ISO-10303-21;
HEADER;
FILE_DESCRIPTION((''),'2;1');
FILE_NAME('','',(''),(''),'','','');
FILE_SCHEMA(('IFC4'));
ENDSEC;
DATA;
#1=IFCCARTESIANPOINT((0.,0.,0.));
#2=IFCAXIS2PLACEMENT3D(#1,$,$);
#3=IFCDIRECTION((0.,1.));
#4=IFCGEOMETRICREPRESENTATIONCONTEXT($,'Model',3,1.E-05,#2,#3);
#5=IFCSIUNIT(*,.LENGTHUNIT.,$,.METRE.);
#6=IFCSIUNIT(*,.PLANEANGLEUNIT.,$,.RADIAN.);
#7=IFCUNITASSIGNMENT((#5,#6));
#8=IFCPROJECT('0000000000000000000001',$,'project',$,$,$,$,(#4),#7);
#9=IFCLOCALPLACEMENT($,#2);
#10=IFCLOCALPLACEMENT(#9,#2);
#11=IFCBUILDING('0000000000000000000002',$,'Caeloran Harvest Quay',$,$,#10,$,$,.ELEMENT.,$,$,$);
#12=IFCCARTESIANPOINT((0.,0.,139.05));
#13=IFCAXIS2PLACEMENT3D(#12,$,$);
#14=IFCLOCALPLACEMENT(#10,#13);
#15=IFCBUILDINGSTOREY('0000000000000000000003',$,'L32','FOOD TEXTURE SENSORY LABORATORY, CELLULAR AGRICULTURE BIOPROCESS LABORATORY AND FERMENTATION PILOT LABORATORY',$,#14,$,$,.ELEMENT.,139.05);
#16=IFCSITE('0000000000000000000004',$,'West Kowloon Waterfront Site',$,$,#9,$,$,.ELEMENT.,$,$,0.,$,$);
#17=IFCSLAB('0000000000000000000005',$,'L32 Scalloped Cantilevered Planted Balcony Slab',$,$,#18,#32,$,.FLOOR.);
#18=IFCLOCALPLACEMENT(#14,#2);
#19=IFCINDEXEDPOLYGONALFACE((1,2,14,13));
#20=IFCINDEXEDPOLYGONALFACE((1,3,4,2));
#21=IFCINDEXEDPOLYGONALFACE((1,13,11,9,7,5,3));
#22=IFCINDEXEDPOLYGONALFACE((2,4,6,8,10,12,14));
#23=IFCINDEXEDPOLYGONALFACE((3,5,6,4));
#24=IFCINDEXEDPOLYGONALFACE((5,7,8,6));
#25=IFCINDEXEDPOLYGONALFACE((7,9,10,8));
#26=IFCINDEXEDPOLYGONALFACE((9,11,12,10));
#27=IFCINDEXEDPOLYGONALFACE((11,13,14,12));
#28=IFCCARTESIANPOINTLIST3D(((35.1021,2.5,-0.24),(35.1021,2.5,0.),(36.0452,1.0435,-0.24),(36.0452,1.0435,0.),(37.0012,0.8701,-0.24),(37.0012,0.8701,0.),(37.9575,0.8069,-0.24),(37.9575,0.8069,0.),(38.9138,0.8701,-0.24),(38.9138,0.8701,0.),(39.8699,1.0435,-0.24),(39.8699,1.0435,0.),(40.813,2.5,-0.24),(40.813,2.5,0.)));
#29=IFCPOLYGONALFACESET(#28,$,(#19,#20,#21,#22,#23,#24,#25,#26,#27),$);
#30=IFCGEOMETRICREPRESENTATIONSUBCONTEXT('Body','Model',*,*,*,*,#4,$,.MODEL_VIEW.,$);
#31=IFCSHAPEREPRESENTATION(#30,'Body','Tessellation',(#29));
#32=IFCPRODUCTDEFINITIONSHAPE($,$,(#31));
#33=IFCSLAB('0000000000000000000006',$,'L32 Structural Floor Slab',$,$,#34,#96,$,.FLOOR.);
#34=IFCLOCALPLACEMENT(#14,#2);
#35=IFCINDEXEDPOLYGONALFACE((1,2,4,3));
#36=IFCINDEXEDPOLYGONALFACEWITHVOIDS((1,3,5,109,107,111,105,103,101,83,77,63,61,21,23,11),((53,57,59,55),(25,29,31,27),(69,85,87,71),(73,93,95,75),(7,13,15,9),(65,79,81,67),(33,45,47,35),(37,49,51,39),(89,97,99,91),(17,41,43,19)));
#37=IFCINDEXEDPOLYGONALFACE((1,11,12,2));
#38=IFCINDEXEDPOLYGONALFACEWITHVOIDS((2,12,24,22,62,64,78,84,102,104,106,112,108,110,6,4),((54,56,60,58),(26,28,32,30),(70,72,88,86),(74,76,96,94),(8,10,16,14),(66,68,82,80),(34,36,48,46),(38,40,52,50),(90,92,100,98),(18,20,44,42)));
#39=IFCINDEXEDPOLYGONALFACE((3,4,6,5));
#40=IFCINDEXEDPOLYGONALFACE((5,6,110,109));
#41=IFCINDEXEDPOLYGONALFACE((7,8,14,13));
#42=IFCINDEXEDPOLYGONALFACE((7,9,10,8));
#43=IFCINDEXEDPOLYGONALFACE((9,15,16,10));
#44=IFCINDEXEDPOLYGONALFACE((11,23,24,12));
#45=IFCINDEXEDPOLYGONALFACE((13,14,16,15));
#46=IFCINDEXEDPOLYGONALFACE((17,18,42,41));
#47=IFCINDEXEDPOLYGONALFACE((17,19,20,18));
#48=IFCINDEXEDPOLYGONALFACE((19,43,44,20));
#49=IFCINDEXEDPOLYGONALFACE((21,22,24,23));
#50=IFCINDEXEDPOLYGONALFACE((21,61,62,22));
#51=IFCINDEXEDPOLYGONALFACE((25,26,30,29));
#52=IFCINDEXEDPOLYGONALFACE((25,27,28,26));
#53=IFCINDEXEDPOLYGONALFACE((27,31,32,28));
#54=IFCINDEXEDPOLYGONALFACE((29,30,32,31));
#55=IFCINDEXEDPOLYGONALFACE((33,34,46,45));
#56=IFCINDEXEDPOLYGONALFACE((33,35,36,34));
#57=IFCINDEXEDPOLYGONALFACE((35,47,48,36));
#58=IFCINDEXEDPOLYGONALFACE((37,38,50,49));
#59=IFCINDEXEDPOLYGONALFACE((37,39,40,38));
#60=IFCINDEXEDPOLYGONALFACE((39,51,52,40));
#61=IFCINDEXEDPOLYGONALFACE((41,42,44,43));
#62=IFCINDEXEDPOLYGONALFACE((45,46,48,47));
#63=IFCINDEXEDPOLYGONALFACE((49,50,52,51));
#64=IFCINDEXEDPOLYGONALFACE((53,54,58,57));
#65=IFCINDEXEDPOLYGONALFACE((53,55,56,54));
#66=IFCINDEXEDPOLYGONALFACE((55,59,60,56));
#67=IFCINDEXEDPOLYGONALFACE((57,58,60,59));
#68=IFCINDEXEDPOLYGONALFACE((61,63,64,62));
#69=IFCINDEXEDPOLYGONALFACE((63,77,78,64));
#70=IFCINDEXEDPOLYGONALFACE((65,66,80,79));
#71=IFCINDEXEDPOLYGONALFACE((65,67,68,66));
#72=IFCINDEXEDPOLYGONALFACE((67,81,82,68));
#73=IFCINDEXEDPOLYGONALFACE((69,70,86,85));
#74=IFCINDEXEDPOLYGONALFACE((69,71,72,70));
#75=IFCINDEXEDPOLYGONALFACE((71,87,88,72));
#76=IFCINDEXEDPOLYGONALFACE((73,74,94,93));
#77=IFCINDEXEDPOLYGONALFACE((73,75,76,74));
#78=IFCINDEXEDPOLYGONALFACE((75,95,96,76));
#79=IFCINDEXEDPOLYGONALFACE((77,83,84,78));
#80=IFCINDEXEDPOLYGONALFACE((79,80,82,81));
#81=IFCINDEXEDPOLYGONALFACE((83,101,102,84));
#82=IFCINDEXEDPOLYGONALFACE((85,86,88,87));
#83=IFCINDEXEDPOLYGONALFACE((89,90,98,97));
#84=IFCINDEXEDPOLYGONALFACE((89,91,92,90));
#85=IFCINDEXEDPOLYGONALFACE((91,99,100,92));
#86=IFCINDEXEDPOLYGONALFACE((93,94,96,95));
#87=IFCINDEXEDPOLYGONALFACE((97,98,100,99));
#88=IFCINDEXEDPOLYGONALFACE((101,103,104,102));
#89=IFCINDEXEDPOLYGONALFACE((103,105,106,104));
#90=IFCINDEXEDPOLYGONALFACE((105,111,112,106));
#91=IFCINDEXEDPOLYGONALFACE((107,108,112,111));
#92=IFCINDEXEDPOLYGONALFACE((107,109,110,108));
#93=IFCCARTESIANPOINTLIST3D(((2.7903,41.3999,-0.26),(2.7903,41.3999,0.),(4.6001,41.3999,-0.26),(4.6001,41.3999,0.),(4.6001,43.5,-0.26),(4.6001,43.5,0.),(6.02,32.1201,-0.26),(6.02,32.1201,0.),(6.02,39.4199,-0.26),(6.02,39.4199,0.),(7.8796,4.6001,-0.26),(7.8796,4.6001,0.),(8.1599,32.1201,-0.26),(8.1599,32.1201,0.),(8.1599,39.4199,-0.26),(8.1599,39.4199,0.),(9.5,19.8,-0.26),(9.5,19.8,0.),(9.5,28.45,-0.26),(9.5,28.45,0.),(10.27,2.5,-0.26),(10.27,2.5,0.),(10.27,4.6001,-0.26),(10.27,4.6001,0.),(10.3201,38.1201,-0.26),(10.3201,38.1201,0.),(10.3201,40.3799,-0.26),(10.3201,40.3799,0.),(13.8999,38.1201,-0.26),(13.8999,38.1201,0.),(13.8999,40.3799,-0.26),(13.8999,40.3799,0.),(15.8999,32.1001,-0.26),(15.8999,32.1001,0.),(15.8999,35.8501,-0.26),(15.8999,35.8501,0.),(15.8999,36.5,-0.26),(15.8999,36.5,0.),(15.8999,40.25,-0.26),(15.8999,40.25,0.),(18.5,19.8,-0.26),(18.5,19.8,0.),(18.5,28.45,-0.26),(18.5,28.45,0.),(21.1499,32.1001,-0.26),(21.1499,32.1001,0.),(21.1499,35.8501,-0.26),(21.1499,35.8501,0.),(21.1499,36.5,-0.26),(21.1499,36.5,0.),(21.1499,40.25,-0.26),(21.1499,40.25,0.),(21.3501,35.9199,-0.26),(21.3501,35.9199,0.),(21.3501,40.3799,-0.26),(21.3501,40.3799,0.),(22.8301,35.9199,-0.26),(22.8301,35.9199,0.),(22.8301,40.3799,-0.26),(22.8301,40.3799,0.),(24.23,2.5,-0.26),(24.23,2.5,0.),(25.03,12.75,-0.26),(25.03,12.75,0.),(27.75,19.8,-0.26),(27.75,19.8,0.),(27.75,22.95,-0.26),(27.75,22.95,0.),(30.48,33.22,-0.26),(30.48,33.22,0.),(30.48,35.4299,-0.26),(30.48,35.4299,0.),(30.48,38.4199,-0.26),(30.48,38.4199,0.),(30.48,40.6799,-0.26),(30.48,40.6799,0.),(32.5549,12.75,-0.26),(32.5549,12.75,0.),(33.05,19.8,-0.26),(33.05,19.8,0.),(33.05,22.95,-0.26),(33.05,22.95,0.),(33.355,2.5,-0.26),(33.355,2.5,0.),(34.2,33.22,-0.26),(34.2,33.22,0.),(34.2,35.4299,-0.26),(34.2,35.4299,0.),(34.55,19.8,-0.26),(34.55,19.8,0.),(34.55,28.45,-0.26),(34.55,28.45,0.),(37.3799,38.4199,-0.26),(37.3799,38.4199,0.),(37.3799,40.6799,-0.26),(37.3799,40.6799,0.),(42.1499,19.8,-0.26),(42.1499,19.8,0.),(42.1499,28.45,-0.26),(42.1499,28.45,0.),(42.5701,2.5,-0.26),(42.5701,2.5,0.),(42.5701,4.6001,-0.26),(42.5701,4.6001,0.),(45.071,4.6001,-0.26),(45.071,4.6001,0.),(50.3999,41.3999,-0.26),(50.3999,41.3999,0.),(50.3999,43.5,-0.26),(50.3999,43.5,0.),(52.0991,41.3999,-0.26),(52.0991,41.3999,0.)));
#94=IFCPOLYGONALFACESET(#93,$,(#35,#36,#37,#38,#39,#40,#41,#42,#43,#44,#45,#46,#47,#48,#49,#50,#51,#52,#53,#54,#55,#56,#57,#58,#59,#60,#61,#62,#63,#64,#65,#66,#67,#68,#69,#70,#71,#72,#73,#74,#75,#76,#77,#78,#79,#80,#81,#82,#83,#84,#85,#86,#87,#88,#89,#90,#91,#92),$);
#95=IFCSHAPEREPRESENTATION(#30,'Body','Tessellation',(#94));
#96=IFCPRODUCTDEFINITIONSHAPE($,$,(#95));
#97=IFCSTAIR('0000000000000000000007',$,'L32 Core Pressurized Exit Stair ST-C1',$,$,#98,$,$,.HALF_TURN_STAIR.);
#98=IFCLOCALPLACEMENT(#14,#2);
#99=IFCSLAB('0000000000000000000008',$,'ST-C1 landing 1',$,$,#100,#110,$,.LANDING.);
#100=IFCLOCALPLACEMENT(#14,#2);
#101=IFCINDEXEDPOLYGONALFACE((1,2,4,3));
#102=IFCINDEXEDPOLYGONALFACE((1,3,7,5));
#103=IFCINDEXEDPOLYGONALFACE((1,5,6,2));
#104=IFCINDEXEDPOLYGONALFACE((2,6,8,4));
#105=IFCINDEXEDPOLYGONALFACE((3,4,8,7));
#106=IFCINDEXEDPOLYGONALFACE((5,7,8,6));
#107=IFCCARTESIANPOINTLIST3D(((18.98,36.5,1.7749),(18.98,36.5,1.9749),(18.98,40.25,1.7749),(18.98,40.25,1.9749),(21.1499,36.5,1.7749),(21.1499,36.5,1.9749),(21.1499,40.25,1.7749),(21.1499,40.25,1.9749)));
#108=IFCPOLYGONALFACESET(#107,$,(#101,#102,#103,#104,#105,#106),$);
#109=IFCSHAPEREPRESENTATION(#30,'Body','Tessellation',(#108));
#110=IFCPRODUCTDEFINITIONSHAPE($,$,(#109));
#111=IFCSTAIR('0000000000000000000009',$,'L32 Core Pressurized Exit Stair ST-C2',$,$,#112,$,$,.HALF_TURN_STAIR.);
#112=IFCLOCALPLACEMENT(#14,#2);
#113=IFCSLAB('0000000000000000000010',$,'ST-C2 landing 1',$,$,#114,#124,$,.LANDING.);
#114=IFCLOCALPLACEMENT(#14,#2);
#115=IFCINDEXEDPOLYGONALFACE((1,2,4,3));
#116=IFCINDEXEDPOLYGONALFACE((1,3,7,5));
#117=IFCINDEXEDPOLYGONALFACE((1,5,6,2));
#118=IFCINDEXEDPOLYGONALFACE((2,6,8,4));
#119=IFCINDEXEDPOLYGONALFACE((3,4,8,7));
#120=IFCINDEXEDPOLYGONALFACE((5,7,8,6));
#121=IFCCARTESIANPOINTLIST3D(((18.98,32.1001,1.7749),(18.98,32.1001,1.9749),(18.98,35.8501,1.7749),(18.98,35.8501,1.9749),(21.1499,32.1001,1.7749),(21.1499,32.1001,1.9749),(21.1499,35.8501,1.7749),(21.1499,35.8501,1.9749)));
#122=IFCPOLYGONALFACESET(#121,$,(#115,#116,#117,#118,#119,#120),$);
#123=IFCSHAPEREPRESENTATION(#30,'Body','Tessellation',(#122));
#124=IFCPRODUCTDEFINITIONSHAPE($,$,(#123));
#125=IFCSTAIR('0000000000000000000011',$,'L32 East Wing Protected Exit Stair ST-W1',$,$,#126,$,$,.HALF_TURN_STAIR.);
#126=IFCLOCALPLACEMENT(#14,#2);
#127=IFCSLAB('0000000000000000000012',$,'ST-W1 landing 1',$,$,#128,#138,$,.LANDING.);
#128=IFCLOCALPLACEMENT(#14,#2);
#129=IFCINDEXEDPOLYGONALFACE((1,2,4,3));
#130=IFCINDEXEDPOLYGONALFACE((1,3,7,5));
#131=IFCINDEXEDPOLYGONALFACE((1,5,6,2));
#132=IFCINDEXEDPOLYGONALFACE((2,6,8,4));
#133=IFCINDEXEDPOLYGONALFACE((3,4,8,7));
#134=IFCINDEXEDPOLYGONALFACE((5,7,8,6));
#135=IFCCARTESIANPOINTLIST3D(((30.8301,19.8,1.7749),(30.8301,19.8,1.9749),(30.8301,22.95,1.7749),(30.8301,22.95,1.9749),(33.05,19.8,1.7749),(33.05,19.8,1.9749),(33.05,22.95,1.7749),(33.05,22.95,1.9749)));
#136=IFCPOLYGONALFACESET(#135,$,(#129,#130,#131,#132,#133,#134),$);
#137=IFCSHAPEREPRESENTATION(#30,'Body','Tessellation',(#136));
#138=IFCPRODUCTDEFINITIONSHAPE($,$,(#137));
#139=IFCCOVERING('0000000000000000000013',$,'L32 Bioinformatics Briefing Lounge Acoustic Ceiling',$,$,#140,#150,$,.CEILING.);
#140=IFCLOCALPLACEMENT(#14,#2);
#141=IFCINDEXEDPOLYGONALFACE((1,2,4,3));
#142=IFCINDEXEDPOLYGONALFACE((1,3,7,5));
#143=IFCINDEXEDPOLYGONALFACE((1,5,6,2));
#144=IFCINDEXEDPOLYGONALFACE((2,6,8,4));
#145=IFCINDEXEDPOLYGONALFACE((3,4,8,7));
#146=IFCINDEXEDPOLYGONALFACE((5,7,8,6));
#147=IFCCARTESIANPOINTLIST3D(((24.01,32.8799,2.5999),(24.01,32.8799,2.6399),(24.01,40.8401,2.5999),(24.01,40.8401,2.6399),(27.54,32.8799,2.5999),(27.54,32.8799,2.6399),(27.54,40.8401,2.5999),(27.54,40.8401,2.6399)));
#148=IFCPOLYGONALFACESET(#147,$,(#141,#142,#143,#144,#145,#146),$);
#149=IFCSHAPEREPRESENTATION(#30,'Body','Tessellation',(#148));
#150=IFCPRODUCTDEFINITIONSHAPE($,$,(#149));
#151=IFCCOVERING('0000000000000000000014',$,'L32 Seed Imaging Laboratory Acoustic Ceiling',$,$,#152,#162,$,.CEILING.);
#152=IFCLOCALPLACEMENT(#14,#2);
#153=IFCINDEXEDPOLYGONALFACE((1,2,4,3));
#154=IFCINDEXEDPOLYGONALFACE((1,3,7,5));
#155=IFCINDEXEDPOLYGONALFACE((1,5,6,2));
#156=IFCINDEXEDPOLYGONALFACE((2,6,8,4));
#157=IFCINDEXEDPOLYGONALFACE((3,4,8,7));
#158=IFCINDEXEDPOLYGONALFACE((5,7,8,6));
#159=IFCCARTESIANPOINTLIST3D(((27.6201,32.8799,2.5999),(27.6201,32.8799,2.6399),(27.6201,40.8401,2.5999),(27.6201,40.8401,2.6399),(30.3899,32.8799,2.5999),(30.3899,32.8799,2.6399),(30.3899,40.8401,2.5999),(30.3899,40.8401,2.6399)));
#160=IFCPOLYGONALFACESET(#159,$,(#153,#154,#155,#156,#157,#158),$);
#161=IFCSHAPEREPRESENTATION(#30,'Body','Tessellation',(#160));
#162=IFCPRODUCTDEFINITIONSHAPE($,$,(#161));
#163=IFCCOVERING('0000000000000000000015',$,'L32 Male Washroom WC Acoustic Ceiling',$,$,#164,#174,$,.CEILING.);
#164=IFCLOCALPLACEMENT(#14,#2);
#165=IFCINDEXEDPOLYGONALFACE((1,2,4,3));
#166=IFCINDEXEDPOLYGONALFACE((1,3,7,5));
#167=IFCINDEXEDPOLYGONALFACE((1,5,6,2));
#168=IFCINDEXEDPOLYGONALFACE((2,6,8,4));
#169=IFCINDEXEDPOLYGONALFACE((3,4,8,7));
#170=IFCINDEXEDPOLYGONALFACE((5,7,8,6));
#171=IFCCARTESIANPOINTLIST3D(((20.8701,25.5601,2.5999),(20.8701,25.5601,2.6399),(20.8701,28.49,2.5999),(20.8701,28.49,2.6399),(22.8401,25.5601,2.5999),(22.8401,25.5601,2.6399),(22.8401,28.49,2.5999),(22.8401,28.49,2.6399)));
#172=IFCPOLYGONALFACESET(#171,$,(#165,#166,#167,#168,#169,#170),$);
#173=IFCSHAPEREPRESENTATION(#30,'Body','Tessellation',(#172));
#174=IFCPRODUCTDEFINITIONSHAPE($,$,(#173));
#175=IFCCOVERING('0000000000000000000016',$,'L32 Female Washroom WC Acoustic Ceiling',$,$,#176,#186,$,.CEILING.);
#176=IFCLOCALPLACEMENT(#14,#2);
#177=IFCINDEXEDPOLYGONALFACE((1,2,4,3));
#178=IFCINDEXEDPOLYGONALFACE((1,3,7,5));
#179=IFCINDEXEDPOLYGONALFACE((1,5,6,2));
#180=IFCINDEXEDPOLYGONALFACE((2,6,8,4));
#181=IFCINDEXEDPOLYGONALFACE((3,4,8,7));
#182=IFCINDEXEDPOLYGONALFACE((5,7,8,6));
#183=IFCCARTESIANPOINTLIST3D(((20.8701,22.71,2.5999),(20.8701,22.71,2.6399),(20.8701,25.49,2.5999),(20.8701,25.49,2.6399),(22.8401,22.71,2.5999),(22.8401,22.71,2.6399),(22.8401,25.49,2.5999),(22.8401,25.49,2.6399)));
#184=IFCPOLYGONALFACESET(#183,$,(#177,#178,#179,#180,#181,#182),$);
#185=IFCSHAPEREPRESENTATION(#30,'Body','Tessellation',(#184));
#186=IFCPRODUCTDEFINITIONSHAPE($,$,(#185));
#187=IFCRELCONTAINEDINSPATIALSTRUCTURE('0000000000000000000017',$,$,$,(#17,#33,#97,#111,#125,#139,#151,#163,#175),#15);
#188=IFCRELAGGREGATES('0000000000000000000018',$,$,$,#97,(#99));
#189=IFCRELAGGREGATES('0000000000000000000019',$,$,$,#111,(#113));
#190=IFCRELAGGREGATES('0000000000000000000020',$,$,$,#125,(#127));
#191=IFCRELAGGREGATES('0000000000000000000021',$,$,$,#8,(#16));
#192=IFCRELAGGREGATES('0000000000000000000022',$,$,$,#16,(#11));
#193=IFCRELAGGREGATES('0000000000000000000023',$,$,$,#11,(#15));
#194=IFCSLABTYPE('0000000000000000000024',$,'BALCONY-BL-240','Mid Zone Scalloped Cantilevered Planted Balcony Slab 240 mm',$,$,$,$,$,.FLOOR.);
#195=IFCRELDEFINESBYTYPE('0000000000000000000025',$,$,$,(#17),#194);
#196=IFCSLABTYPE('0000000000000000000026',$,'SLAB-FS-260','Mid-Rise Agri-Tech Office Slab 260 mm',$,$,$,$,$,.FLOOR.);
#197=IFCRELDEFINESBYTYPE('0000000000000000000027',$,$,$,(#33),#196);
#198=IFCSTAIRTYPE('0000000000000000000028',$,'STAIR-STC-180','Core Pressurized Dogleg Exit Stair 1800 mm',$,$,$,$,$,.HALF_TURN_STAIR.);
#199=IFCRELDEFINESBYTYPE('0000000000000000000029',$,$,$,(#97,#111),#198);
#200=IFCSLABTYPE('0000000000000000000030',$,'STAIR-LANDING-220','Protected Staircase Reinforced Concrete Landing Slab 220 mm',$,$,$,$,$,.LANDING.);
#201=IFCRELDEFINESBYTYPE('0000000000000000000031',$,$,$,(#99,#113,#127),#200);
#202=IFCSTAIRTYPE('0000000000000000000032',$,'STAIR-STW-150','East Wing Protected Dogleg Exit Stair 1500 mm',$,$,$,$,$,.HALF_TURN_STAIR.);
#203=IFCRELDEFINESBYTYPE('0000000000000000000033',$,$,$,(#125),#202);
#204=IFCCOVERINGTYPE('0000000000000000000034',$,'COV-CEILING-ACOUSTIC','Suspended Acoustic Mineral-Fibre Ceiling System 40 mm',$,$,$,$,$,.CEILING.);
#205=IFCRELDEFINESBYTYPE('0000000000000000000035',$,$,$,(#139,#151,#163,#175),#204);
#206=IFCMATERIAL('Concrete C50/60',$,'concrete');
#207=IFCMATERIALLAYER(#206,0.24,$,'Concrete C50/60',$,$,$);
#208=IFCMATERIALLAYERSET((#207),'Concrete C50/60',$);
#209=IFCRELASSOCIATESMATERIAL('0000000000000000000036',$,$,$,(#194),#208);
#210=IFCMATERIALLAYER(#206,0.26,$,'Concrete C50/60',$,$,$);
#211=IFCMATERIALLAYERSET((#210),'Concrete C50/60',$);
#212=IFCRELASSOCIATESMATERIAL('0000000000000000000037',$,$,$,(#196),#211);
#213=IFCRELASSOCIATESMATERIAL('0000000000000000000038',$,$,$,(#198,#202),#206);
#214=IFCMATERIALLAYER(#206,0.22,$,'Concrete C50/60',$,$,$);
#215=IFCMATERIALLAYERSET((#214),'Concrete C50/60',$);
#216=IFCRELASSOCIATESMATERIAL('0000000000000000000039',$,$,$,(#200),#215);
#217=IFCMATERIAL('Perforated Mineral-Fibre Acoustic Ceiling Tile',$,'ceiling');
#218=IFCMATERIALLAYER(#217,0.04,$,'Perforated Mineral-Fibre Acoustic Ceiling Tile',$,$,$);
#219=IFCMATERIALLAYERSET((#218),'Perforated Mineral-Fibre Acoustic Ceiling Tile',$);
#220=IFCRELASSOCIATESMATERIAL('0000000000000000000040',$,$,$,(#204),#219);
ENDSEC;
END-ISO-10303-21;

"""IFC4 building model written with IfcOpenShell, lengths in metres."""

from ifc_helpers import new_model, si_unit, direction, frame, origin, place, context, subcontext, project, spatial, polyline, outline, extrude, material, layer, layer_set, type_object, element, aggregate, save


model = new_model("IFC4")

# Units and contexts
model_context = context("Model", 3, precision=1e-05, world=origin(), true_north=direction((0.0, 1.0)))
body_context = subcontext(model_context, "Body", "Model", "MODEL_VIEW")
ifc_project = project(units=[si_unit("LENGTHUNIT", "METRE"), si_unit("PLANEANGLEUNIT", "RADIAN")], contexts=[model_context])

# Site, building, storey
site_placement = place(None, origin())
site = spatial("IfcSite", under=ifc_project, at=site_placement, Name="West Kowloon Waterfront Site", CompositionType="ELEMENT", RefElevation=0.0)
building_placement = place(site_placement, origin())
building = spatial("IfcBuilding", under=site, at=building_placement, Name="Caeloran Harvest Quay", CompositionType="ELEMENT")
storey_placement = place(building_placement, frame((0.0, 0.0, 139.05)))
storey = spatial("IfcBuildingStorey", under=building, at=storey_placement, Name="L32", Description="FOOD TEXTURE SENSORY LABORATORY, CELLULAR AGRICULTURE BIOPROCESS LABORATORY AND FERMENTATION PILOT LABORATORY", CompositionType="ELEMENT", Elevation=139.05)

# Slabs
ifc_material_1 = material(Name="Concrete C50/60", Category="concrete")
ifc_layer_1 = layer(ifc_material_1, 0.24, Name="Concrete C50/60")
ifc_layer_set_1 = layer_set([ifc_layer_1], Name="Concrete C50/60")
slab_type_1 = type_object("IfcSlabType", Name="BALCONY-BL-240", Description="Mid Zone Scalloped Cantilevered Planted Balcony Slab 240 mm", PredefinedType="FLOOR", material=ifc_layer_set_1)
slab_1_placement = place(storey_placement, frame((0.0, 0.0, -0.24)))
element("IfcSlab", 1, at=slab_1_placement, inside=storey, type_object=slab_type_1, Name="L32 Scalloped Cantilevered Planted Balcony Slab", PredefinedType="FLOOR", context=body_context, shape_type="SweptSolid", body=[
    extrude(outline(polyline([(39.8699, 1.0435), (38.9138, 0.8701), (37.9575, 0.8069), (37.0012, 0.8701), (36.0452, 1.0435), (35.1021, 2.5), (40.813, 2.5), (39.8699, 1.0435)])), origin(), (0.0, 0.0, 1.0), 0.24),
])
ifc_layer_2 = layer(ifc_material_1, 0.26, Name="Concrete C50/60")
ifc_layer_set_2 = layer_set([ifc_layer_2], Name="Concrete C50/60")
slab_type_2 = type_object("IfcSlabType", Name="SLAB-FS-260", Description="Mid-Rise Agri-Tech Office Slab 260 mm", PredefinedType="FLOOR", material=ifc_layer_set_2)
slab_2_placement = place(storey_placement, frame((0.0, 0.0, -0.26)))
element("IfcSlab", 2, at=slab_2_placement, inside=storey, type_object=slab_type_2, Name="L32 Structural Floor Slab", PredefinedType="FLOOR", context=body_context, shape_type="SweptSolid", body=[
    extrude(outline(polyline([(10.27, 2.5), (24.23, 2.5), (25.03, 12.75), (32.5549, 12.75), (33.355, 2.5), (42.5701, 2.5), (42.5701, 4.6001), (45.071, 4.6001), (52.0991, 41.3999), (50.3999, 41.3999), (50.3999, 43.5), (4.6001, 43.5), (4.6001, 41.3999), (2.7903, 41.3999), (7.8796, 4.6001), (10.27, 4.6001), (10.27, 2.5)]), holes=[polyline([(27.75, 19.8), (27.75, 22.95), (33.05, 22.95), (33.05, 19.8), (27.75, 19.8)]), polyline([(18.5, 19.8), (9.5, 19.8), (9.5, 28.45), (18.5, 28.45), (18.5, 19.8)]), polyline([(42.1499, 19.8), (34.55, 19.8), (34.55, 28.45), (42.1499, 28.45), (42.1499, 19.8)]), polyline([(15.8999, 35.8501), (21.1499, 35.8501), (21.1499, 32.1001), (15.8999, 32.1001), (15.8999, 35.8501)]), polyline([(30.48, 33.22), (30.48, 35.4299), (34.2, 35.4299), (34.2, 33.22), (30.48, 33.22)]), polyline([(8.1599, 32.1201), (6.02, 32.1201), (6.02, 39.4199), (8.1599, 39.4199), (8.1599, 32.1201)]), polyline([(22.8301, 35.9199), (21.3501, 35.9199), (21.3501, 40.3799), (22.8301, 40.3799), (22.8301, 35.9199)]), polyline([(15.8999, 36.5), (15.8999, 40.25), (21.1499, 40.25), (21.1499, 36.5), (15.8999, 36.5)]), polyline([(10.3201, 38.1201), (10.3201, 40.3799), (13.8999, 40.3799), (13.8999, 38.1201), (10.3201, 38.1201)]), polyline([(30.48, 38.4199), (30.48, 40.6799), (37.3799, 40.6799), (37.3799, 38.4199), (30.48, 38.4199)])]), origin(), (0.0, 0.0, 1.0), 0.26),
])

# Stairs, slabs
stair_type_1 = type_object("IfcStairType", Name="STAIR-STC-180", Description="Core Pressurized Dogleg Exit Stair 1800 mm", PredefinedType="HALF_TURN_STAIR", material=ifc_material_1)
stair_1_placement = place(storey_placement, origin())
stair_1 = element("IfcStair", 3, at=stair_1_placement, inside=storey, type_object=stair_type_1, Name="L32 Core Pressurized Exit Stair ST-C1", PredefinedType="HALF_TURN_STAIR")
ifc_layer_3 = layer(ifc_material_1, 0.22, Name="Concrete C50/60")
ifc_layer_set_3 = layer_set([ifc_layer_3], Name="Concrete C50/60")
slab_type_3 = type_object("IfcSlabType", Name="STAIR-LANDING-220", Description="Protected Staircase Reinforced Concrete Landing Slab 220 mm", PredefinedType="LANDING", material=ifc_layer_set_3)
slab_3_placement = place(storey_placement, frame((0.0, 0.0, 1.7749)))
slab_3 = element("IfcSlab", 4, at=slab_3_placement, type_object=slab_type_3, Name="ST-C1 landing 1", PredefinedType="LANDING", context=body_context, shape_type="SweptSolid", body=[
    extrude(outline(polyline([(18.98, 36.5), (21.1499, 36.5), (21.1499, 40.25), (18.98, 40.25), (18.98, 36.5)])), origin(), (0.0, 0.0, 1.0), 0.2),
])
aggregate(stair_1, [slab_3])
stair_2_placement = place(storey_placement, origin())
stair_2 = element("IfcStair", 5, at=stair_2_placement, inside=storey, type_object=stair_type_1, Name="L32 Core Pressurized Exit Stair ST-C2", PredefinedType="HALF_TURN_STAIR")
slab_4_placement = place(storey_placement, frame((0.0, 0.0, 1.7749)))
slab_4 = element("IfcSlab", 6, at=slab_4_placement, type_object=slab_type_3, Name="ST-C2 landing 1", PredefinedType="LANDING", context=body_context, shape_type="SweptSolid", body=[
    extrude(outline(polyline([(18.98, 32.1001), (21.1499, 32.1001), (21.1499, 35.8501), (18.98, 35.8501), (18.98, 32.1001)])), origin(), (0.0, 0.0, 1.0), 0.2),
])
aggregate(stair_2, [slab_4])
stair_type_2 = type_object("IfcStairType", Name="STAIR-STW-150", Description="East Wing Protected Dogleg Exit Stair 1500 mm", PredefinedType="HALF_TURN_STAIR", material=ifc_material_1)
stair_3_placement = place(storey_placement, origin())
stair_3 = element("IfcStair", 7, at=stair_3_placement, inside=storey, type_object=stair_type_2, Name="L32 East Wing Protected Exit Stair ST-W1", PredefinedType="HALF_TURN_STAIR")
slab_5_placement = place(storey_placement, frame((0.0, 0.0, 1.7749)))
slab_5 = element("IfcSlab", 8, at=slab_5_placement, type_object=slab_type_3, Name="ST-W1 landing 1", PredefinedType="LANDING", context=body_context, shape_type="SweptSolid", body=[
    extrude(outline(polyline([(30.8301, 19.8), (33.05, 19.8), (33.05, 22.95), (30.8301, 22.95), (30.8301, 19.8)])), origin(), (0.0, 0.0, 1.0), 0.2),
])
aggregate(stair_3, [slab_5])

# Coverings
ifc_material_2 = material(Name="Perforated Mineral-Fibre Acoustic Ceiling Tile", Category="ceiling")
ifc_layer_4 = layer(ifc_material_2, 0.04, Name="Perforated Mineral-Fibre Acoustic Ceiling Tile")
ifc_layer_set_4 = layer_set([ifc_layer_4], Name="Perforated Mineral-Fibre Acoustic Ceiling Tile")
covering_type_1 = type_object("IfcCoveringType", Name="COV-CEILING-ACOUSTIC", Description="Suspended Acoustic Mineral-Fibre Ceiling System 40 mm", PredefinedType="CEILING", material=ifc_layer_set_4)
covering_1_placement = place(storey_placement, frame((0.0, 0.0, 2.5999)))
element("IfcCovering", 9, at=covering_1_placement, inside=storey, type_object=covering_type_1, Name="L32 Bioinformatics Briefing Lounge Acoustic Ceiling", PredefinedType="CEILING", context=body_context, shape_type="SweptSolid", body=[
    extrude(outline(polyline([(27.54, 40.8401), (27.54, 32.8799), (24.01, 32.8799), (24.01, 40.8401), (27.54, 40.8401)])), origin(), (0.0, 0.0, 1.0), 0.04),
])
covering_2_placement = place(storey_placement, frame((0.0, 0.0, 2.5999)))
element("IfcCovering", 10, at=covering_2_placement, inside=storey, type_object=covering_type_1, Name="L32 Seed Imaging Laboratory Acoustic Ceiling", PredefinedType="CEILING", context=body_context, shape_type="SweptSolid", body=[
    extrude(outline(polyline([(30.3899, 40.8401), (30.3899, 32.8799), (27.6201, 32.8799), (27.6201, 40.8401), (30.3899, 40.8401)])), origin(), (0.0, 0.0, 1.0), 0.04),
])
covering_3_placement = place(storey_placement, frame((0.0, 0.0, 2.5999)))
element("IfcCovering", 11, at=covering_3_placement, inside=storey, type_object=covering_type_1, Name="L32 Male Washroom WC Acoustic Ceiling", PredefinedType="CEILING", context=body_context, shape_type="SweptSolid", body=[
    extrude(outline(polyline([(22.8401, 25.5601), (20.8701, 25.5601), (20.8701, 28.49), (22.8401, 28.49), (22.8401, 25.5601)])), origin(), (0.0, 0.0, 1.0), 0.04),
])
covering_4_placement = place(storey_placement, frame((0.0, 0.0, 2.5999)))
element("IfcCovering", 12, at=covering_4_placement, inside=storey, type_object=covering_type_1, Name="L32 Female Washroom WC Acoustic Ceiling", PredefinedType="CEILING", context=body_context, shape_type="SweptSolid", body=[
    extrude(outline(polyline([(22.8401, 22.71), (20.8701, 22.71), (20.8701, 25.49), (22.8401, 25.49), (22.8401, 22.71)])), origin(), (0.0, 0.0, 1.0), 0.04),
])

save(model, "model.ifc")
